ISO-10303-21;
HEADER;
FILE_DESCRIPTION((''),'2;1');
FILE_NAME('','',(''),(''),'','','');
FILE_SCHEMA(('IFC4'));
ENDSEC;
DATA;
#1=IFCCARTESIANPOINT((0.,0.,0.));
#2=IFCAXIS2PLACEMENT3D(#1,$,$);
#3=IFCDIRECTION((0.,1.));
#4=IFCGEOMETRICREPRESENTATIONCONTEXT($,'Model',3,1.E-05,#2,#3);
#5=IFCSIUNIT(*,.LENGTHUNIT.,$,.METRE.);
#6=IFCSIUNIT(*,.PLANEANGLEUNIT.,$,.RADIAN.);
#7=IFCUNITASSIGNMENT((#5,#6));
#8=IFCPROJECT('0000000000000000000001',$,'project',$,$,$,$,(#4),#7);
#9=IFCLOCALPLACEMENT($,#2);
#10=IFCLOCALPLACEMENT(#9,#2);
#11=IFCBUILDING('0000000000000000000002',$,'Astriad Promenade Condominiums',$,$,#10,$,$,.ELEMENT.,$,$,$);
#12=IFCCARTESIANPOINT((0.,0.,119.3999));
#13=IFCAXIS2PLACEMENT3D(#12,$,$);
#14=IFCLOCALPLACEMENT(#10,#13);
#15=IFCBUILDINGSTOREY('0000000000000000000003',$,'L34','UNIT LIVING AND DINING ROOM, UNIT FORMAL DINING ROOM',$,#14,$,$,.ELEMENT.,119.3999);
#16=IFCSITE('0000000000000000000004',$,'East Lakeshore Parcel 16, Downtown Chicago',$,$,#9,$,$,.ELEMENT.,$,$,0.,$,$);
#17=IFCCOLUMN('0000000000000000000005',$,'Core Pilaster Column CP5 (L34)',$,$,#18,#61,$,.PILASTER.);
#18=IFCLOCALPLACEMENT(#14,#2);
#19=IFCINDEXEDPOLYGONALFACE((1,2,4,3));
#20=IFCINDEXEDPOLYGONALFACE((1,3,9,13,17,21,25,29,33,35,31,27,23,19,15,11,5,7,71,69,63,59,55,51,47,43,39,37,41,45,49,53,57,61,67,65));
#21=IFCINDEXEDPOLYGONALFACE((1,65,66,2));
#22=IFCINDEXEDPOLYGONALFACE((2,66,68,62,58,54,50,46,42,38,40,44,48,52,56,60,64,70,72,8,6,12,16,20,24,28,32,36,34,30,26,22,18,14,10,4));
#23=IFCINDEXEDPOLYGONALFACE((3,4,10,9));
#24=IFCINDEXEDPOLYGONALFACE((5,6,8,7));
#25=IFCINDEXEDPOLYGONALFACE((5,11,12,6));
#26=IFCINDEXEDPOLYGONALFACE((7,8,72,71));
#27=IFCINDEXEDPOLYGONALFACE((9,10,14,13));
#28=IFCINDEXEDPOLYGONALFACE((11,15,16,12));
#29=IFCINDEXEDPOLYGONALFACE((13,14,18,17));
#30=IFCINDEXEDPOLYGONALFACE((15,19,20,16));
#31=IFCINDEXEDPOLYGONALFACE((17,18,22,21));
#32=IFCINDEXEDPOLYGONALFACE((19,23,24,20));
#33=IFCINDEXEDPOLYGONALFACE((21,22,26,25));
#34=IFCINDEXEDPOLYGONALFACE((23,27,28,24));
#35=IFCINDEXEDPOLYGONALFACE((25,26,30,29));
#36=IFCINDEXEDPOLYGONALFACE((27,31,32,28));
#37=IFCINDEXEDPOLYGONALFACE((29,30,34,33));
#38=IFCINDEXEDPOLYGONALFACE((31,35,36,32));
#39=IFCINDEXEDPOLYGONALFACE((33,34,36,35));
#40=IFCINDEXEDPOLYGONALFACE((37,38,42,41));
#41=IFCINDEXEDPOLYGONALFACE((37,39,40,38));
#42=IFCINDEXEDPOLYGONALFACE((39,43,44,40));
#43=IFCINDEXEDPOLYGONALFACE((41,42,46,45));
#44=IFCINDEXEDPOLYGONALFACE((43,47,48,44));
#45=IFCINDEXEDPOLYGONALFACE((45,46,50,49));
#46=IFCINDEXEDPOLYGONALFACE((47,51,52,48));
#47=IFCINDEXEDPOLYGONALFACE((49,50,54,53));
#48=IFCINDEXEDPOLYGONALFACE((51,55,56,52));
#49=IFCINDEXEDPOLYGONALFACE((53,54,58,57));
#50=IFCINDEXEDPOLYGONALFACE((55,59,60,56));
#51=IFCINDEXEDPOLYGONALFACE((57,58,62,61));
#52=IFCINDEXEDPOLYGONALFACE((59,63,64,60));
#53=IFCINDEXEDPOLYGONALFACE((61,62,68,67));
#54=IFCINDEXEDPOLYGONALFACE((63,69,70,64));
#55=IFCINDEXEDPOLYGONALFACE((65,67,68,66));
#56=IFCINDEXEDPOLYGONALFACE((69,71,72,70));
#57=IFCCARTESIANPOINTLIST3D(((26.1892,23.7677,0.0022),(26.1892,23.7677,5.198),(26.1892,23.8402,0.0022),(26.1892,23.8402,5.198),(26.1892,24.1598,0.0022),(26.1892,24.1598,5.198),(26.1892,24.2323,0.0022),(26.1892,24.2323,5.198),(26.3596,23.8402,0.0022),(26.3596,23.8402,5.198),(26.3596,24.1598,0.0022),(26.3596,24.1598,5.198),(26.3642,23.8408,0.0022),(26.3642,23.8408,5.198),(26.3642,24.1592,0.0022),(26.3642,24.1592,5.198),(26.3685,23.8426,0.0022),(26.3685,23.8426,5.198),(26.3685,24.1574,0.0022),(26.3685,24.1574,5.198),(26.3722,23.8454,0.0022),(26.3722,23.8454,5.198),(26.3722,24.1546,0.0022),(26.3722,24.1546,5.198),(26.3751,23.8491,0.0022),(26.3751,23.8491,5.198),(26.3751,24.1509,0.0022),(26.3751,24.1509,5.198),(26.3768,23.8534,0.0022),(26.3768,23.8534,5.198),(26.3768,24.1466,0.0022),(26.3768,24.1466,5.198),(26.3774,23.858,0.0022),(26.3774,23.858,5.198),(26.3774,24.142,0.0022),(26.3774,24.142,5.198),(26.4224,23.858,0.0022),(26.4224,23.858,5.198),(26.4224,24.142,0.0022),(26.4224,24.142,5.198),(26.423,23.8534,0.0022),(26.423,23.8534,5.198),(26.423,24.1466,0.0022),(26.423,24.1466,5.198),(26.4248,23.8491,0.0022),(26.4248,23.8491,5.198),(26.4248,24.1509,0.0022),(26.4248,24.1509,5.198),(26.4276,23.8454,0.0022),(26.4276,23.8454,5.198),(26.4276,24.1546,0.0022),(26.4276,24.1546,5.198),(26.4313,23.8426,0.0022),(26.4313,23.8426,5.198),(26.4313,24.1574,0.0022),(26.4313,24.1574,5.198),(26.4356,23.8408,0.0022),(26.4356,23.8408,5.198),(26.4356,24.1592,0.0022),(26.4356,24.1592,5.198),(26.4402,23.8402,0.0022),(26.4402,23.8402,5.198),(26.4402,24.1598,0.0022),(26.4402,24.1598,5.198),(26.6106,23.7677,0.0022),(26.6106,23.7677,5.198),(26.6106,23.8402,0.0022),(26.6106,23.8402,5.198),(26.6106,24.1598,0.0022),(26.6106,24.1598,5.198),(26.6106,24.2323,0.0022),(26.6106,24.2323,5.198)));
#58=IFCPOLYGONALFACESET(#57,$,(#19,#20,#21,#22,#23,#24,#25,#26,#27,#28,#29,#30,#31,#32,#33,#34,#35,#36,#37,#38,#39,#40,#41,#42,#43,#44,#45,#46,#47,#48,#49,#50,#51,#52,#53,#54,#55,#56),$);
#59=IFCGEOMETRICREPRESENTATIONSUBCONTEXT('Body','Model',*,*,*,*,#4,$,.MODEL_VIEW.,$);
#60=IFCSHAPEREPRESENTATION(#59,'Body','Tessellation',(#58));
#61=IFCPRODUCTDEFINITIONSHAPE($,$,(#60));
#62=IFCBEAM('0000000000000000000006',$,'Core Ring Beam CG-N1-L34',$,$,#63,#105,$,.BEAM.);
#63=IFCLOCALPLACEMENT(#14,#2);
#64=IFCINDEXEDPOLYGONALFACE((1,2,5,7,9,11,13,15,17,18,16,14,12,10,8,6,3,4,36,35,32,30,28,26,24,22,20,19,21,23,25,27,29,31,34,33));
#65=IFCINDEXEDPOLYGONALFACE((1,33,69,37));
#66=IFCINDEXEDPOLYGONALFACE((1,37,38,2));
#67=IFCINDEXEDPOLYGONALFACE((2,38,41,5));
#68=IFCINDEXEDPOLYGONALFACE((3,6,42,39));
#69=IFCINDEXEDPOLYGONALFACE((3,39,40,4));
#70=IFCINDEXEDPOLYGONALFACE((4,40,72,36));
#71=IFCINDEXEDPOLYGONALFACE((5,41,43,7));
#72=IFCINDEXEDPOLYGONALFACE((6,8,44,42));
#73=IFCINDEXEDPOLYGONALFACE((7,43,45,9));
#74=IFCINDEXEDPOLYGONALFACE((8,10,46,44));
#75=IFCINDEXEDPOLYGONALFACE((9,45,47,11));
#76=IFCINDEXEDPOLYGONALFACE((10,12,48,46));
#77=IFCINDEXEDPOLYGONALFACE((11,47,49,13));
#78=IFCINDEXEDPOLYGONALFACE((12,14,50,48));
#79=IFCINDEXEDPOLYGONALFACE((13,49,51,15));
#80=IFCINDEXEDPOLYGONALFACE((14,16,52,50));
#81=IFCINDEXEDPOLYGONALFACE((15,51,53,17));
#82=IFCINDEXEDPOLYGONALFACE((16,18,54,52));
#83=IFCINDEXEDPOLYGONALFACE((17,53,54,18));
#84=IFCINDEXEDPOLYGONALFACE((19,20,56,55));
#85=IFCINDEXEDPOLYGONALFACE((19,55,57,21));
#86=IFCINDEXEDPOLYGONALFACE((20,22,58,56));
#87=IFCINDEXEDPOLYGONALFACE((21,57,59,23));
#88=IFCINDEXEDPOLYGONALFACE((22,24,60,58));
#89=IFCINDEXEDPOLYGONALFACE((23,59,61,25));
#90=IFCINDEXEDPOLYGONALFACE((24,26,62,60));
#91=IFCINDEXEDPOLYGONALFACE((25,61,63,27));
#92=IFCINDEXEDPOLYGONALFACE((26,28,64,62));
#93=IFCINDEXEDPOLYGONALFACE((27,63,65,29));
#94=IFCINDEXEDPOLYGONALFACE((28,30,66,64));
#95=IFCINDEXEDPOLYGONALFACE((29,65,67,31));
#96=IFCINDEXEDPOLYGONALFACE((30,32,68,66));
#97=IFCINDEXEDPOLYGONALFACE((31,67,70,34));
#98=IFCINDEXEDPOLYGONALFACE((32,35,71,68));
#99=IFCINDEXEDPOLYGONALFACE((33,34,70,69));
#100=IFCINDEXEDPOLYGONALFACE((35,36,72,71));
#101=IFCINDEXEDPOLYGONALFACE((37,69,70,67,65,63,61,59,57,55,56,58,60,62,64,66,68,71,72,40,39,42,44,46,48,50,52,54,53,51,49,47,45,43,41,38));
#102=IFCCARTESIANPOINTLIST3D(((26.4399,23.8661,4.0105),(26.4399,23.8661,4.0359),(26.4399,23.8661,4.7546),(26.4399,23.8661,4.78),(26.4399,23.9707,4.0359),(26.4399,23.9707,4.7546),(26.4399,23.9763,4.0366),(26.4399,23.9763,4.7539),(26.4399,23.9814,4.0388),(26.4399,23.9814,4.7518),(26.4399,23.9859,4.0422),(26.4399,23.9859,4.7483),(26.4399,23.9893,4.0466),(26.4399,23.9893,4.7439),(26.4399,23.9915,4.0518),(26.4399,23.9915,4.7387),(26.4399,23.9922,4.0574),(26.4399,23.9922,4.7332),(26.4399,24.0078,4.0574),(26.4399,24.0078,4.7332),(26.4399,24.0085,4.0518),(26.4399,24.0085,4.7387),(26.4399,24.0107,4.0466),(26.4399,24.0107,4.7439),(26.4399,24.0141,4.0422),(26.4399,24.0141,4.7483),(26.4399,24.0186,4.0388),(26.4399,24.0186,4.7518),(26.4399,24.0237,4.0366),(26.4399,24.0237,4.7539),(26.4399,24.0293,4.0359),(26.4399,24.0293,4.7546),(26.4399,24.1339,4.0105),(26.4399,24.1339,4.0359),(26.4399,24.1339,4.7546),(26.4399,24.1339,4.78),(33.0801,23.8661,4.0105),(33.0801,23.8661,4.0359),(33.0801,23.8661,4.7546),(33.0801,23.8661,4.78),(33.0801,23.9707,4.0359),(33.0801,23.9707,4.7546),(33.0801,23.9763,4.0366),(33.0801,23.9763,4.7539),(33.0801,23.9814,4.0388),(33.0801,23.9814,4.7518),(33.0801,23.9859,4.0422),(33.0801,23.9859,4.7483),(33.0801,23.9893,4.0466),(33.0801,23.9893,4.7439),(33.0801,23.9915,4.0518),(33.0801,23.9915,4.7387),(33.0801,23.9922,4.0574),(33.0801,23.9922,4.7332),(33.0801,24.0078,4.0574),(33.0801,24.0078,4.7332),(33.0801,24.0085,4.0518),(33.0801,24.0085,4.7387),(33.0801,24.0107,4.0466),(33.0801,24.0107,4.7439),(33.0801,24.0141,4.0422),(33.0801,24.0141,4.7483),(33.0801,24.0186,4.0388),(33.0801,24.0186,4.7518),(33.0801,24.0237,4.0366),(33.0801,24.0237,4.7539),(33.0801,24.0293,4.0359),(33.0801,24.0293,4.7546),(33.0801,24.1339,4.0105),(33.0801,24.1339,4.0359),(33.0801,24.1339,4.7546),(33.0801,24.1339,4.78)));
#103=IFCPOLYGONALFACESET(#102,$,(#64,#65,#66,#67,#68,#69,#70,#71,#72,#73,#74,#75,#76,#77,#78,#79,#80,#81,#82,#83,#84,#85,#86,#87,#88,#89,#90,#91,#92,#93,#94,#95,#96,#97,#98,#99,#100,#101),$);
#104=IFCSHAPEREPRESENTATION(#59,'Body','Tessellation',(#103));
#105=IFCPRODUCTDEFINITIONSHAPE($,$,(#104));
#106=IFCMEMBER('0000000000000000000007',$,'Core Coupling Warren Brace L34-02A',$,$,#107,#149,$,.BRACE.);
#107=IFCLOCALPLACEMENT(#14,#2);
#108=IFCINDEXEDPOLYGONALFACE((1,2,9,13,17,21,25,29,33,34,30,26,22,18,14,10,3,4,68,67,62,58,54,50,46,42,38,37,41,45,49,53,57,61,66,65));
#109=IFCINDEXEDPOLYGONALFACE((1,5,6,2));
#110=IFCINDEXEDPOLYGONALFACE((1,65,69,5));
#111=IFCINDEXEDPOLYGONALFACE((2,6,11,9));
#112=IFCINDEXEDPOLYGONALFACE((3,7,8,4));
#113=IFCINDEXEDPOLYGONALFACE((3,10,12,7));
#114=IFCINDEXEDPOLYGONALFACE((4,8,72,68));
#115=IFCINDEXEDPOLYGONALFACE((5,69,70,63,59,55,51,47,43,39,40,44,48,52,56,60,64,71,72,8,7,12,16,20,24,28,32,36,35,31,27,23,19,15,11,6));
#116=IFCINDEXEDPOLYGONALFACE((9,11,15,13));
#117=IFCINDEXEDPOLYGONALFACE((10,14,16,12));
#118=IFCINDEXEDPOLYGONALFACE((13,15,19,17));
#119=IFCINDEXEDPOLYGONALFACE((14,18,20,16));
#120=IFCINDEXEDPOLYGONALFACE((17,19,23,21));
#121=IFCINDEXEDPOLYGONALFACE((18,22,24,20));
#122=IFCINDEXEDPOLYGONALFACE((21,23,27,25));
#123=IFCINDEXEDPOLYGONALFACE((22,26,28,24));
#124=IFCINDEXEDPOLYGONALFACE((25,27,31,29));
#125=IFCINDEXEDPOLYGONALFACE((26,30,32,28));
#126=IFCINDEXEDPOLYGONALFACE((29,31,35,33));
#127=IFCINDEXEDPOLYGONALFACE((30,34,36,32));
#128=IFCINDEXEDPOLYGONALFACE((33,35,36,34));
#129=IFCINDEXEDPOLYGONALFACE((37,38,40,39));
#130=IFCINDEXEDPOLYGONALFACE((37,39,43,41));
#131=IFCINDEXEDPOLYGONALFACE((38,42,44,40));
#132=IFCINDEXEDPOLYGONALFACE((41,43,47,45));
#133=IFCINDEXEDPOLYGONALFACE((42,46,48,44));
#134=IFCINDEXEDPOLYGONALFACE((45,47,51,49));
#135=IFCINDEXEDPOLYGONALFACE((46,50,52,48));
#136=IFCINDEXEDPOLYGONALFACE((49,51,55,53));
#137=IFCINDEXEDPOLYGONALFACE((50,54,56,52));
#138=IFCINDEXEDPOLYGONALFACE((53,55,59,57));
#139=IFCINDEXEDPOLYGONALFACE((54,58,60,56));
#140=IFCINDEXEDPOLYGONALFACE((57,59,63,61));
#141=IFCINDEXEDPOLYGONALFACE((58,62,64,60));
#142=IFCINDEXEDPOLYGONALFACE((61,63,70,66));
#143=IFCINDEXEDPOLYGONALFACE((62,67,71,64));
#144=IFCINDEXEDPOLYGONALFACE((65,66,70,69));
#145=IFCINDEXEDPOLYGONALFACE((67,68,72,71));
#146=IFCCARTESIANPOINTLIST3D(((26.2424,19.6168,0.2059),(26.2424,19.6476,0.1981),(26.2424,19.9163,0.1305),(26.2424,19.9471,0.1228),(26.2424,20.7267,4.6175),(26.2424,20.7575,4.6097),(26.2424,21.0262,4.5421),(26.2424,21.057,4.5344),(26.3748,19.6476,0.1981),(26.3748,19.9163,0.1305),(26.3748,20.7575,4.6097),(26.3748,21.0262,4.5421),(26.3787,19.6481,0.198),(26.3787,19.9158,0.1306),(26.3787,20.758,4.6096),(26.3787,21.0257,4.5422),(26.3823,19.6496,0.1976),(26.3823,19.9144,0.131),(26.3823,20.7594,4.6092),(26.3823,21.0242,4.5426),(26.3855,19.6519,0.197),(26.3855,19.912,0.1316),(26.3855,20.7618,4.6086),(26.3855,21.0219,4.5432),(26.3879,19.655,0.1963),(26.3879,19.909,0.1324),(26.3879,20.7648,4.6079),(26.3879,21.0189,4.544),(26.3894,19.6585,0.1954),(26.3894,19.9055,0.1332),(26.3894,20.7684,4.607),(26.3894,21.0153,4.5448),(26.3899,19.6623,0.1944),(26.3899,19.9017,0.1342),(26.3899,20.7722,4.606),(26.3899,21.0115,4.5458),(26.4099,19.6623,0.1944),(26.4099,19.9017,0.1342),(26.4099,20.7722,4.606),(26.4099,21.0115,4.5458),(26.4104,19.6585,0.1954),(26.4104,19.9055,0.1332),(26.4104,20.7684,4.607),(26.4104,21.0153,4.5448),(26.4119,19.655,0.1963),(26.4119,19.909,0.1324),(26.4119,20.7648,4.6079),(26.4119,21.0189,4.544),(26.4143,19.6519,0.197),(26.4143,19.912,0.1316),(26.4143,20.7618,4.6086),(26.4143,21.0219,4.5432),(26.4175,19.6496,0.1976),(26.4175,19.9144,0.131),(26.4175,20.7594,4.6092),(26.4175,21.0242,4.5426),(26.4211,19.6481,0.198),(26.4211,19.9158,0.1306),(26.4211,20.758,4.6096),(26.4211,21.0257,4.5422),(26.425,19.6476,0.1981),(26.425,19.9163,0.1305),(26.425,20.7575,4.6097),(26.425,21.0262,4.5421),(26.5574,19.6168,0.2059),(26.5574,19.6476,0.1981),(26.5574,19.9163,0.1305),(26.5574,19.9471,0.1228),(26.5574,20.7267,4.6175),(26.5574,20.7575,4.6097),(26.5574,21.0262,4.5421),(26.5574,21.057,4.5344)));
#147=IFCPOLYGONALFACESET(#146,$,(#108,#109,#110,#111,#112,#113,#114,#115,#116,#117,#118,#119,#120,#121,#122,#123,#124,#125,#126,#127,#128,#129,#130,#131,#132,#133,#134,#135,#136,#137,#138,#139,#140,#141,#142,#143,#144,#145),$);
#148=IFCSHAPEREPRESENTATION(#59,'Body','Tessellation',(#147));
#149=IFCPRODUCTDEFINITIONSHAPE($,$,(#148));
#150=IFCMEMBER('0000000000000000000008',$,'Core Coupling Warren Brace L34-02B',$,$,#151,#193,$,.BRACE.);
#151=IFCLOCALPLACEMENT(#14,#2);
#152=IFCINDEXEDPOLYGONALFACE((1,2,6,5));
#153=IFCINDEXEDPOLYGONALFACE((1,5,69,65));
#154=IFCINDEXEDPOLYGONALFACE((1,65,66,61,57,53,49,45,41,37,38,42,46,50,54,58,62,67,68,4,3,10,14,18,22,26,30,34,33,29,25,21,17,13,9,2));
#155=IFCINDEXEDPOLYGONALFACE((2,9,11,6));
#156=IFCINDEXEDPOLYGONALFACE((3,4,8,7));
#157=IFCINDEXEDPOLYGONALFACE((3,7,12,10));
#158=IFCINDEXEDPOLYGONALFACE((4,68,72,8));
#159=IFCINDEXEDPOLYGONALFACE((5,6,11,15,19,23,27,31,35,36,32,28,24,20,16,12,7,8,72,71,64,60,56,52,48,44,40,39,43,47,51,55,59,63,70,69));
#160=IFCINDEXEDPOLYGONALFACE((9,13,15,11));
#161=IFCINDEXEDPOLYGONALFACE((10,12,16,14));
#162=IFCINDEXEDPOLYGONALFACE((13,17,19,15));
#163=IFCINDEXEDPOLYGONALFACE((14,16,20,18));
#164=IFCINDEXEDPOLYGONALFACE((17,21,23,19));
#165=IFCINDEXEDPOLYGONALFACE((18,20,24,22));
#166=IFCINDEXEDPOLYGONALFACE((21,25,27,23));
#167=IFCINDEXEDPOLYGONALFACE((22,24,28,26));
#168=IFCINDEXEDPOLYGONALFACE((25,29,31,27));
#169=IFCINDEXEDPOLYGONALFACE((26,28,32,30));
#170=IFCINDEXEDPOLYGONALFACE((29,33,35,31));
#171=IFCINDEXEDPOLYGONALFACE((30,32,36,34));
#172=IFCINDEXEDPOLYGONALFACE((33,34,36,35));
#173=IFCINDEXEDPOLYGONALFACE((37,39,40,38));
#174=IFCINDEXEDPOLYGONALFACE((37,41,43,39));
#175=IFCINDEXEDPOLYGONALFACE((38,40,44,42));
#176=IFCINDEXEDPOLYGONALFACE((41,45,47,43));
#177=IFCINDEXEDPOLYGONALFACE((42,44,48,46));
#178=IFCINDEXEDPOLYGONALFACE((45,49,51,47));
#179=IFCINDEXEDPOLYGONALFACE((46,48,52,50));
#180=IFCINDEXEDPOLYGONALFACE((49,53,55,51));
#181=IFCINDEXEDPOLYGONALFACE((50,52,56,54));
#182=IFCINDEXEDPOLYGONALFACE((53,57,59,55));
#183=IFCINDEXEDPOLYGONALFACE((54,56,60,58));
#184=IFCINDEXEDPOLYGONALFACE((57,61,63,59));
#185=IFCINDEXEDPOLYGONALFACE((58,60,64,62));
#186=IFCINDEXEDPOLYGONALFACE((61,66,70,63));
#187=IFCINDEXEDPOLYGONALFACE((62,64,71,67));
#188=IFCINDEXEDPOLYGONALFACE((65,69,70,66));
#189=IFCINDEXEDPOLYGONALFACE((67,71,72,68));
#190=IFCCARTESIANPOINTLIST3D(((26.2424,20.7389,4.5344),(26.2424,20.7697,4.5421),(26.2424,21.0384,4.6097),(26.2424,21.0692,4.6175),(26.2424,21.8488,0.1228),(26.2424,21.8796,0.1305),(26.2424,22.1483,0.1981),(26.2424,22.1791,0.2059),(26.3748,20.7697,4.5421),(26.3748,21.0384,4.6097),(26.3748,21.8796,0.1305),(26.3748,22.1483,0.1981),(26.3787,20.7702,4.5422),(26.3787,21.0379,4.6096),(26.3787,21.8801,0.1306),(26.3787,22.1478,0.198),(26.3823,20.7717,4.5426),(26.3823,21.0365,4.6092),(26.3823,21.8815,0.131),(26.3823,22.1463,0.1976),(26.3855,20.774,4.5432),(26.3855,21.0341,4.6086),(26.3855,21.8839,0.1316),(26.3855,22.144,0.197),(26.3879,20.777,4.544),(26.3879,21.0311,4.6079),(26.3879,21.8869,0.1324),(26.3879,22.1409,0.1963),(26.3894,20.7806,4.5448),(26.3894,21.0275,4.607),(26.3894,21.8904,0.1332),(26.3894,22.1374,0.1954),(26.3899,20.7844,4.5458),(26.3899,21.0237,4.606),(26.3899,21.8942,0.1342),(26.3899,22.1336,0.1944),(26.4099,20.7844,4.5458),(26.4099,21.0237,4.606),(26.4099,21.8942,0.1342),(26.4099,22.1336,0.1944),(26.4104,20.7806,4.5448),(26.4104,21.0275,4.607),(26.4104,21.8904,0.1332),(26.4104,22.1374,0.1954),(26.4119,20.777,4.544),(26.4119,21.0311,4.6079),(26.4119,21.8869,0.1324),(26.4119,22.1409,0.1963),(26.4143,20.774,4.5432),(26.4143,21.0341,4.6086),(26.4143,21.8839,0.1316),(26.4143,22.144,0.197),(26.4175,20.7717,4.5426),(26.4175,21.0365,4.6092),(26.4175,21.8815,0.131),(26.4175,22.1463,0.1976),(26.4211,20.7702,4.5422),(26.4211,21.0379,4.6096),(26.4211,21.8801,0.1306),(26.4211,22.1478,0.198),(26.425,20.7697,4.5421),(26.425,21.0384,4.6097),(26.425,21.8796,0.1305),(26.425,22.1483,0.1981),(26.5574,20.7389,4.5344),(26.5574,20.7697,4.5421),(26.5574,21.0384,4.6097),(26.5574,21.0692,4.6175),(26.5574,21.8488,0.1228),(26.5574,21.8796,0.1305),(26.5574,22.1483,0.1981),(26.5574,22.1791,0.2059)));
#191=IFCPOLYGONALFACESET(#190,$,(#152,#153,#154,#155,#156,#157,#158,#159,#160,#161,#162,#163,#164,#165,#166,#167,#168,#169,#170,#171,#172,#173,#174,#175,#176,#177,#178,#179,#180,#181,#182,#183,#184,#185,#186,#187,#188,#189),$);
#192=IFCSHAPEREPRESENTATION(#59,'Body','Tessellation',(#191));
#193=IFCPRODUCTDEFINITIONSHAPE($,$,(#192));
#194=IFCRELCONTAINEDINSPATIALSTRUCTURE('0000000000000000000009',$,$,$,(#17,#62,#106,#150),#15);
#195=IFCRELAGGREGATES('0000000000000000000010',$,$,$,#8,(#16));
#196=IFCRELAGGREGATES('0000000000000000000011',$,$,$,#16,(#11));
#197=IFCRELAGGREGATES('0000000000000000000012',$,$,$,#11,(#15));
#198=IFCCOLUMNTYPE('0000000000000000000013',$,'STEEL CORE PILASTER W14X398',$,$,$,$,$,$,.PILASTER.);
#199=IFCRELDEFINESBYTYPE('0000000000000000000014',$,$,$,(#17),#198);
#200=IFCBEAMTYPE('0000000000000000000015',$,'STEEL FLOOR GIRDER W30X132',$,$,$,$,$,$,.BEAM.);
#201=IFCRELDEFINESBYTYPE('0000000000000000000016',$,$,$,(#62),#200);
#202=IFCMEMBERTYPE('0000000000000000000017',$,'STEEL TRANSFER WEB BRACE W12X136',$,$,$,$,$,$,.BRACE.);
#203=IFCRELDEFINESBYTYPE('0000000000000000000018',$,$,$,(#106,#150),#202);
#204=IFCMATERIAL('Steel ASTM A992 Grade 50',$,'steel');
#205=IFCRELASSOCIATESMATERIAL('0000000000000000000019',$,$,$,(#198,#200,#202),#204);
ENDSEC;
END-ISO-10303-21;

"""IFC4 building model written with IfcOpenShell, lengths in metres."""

from ifc_helpers import new_model, si_unit, direction, frame, origin, origin_2d, place, context, subcontext, project, spatial, i_section, extrude, source, transform, mapped, material, material_profile, profile_set, type_object, type_shapes, element, save


model = new_model("IFC4")

# Units and contexts
model_context = context("Model", 3, precision=1e-05, world=origin(), true_north=direction((0.0, 1.0)))
body_context = subcontext(model_context, "Body", "Model", "MODEL_VIEW")
ifc_project = project(units=[si_unit("LENGTHUNIT", "METRE"), si_unit("PLANEANGLEUNIT", "RADIAN")], contexts=[model_context])

# Site, building, storey
site_placement = place(None, origin())
site = spatial("IfcSite", under=ifc_project, at=site_placement, Name="East Lakeshore Parcel 16, Downtown Chicago", CompositionType="ELEMENT", RefElevation=0.0)
building_placement = place(site_placement, origin())
building = spatial("IfcBuilding", under=site, at=building_placement, Name="Astriad Promenade Condominiums", CompositionType="ELEMENT")
storey_placement = place(building_placement, frame((0.0, 0.0, 119.3999)))
storey = spatial("IfcBuildingStorey", under=building, at=storey_placement, Name="L34", Description="UNIT LIVING AND DINING ROOM, UNIT FORMAL DINING ROOM", CompositionType="ELEMENT", Elevation=119.3999)

# Column
ifc_material_1 = material(Name="Steel ASTM A992 Grade 50", Category="steel")
ifc_material_profile_1 = material_profile(ifc_material_1, i_section(OverallWidth=0.4214, OverallDepth=0.4646, WebThickness=0.0449, FlangeThickness=0.0725, FilletRadius=0.0178, at=origin_2d()), Name="W14X398")
ifc_profile_set_1 = profile_set([ifc_material_profile_1], Name="Steel ASTM A992 Grade 50")
column_type = type_object("IfcColumnType", Name="STEEL CORE PILASTER W14X398", PredefinedType="PILASTER", material=ifc_profile_set_1)
shared_shape_1 = source(origin(), body_context, "Body", "SweptSolid", [
    extrude(i_section(OverallWidth=0.4214, OverallDepth=0.4646, WebThickness=0.0449, FlangeThickness=0.0725, FilletRadius=0.0178, at=origin_2d()), origin(), (0.0, 0.0, 1.0), 5.1958),
])
type_shapes(column_type, [shared_shape_1])
column_placement = place(storey_placement, frame((26.3999, 24.0, 0.0022), z_axis=(0.0, 0.0, 1.0), x_axis=(1.0, 0.0, 0.0)))
element("IfcColumn", 1, at=column_placement, inside=storey, type_object=column_type, Name="Core Pilaster Column CP5 (L34)", PredefinedType="PILASTER", context=body_context, shape_type="MappedRepresentation", body=[
    mapped(shared_shape_1, transform((0.0, 0.0, 0.0), scale=1.0)),
])

# Beam
ifc_material_profile_2 = material_profile(ifc_material_1, i_section(OverallWidth=0.2678, OverallDepth=0.7695, WebThickness=0.0156, FlangeThickness=0.0254, FilletRadius=0.0215, at=origin_2d()), Name="W30X132")
ifc_profile_set_2 = profile_set([ifc_material_profile_2], Name="Steel ASTM A992 Grade 50")
beam_type = type_object("IfcBeamType", Name="STEEL FLOOR GIRDER W30X132", PredefinedType="BEAM", material=ifc_profile_set_2)
shared_shape_2 = source(origin(), body_context, "Body", "SweptSolid", [
    extrude(i_section(OverallWidth=0.2678, OverallDepth=0.7695, WebThickness=0.0156, FlangeThickness=0.0254, FilletRadius=0.0215, at=origin_2d()), origin(), (0.0, 0.0, 1.0), 6.6401),
])
type_shapes(beam_type, [shared_shape_2])
beam_placement = place(storey_placement, frame((26.4399, 24.0, 4.3953), z_axis=(1.0, 0.0, 0.0), x_axis=(0.0, 1.0, 0.0)))
element("IfcBeam", 2, at=beam_placement, inside=storey, type_object=beam_type, Name="Core Ring Beam CG-N1-L34", PredefinedType="BEAM", context=body_context, shape_type="MappedRepresentation", body=[
    mapped(shared_shape_2, transform((0.0, 0.0, 0.0), scale=1.0)),
])

# Members
ifc_material_profile_3 = material_profile(ifc_material_1, i_section(OverallWidth=0.3149, OverallDepth=0.3406, WebThickness=0.02, FlangeThickness=0.0317, FilletRadius=0.0151, at=origin_2d()), Name="W12X136")
ifc_profile_set_3 = profile_set([ifc_material_profile_3], Name="Steel ASTM A992 Grade 50")
member_type_1 = type_object("IfcMemberType", Name="STEEL TRANSFER WEB BRACE W12X136", PredefinedType="BRACE", material=ifc_profile_set_3)
shared_shape_3 = source(origin(), body_context, "Body", "SweptSolid", [
    extrude(i_section(OverallWidth=0.3149, OverallDepth=0.3406, WebThickness=0.02, FlangeThickness=0.0317, FilletRadius=0.0151, at=origin_2d()), origin(), (0.0, 0.0, 1.0), 4.5491),
])
type_shapes(member_type_1, [shared_shape_3])
for number, where, z_axis, x_axis, name in (
    (3, (26.3999, 19.782, 0.1643), (0.0, 0.243975, 0.969782), (-1.0, 0.0, 0.0), "Core Coupling Warren Brace L34-02A"),
    (4, (26.3999, 22.0139, 0.1643), (0.0, -0.243975, 0.969782), (1.0, 0.0, 0.0), "Core Coupling Warren Brace L34-02B"),
):
    element("IfcMember", number, at=place(storey_placement, frame(where, z_axis=z_axis, x_axis=x_axis)), inside=storey, type_object=member_type_1, Name=name, PredefinedType="BRACE", context=body_context, shape_type="MappedRepresentation", body=[
        mapped(shared_shape_3, transform((0.0, 0.0, 0.0), scale=1.0)),
    ])

save(model, "model.ifc")
